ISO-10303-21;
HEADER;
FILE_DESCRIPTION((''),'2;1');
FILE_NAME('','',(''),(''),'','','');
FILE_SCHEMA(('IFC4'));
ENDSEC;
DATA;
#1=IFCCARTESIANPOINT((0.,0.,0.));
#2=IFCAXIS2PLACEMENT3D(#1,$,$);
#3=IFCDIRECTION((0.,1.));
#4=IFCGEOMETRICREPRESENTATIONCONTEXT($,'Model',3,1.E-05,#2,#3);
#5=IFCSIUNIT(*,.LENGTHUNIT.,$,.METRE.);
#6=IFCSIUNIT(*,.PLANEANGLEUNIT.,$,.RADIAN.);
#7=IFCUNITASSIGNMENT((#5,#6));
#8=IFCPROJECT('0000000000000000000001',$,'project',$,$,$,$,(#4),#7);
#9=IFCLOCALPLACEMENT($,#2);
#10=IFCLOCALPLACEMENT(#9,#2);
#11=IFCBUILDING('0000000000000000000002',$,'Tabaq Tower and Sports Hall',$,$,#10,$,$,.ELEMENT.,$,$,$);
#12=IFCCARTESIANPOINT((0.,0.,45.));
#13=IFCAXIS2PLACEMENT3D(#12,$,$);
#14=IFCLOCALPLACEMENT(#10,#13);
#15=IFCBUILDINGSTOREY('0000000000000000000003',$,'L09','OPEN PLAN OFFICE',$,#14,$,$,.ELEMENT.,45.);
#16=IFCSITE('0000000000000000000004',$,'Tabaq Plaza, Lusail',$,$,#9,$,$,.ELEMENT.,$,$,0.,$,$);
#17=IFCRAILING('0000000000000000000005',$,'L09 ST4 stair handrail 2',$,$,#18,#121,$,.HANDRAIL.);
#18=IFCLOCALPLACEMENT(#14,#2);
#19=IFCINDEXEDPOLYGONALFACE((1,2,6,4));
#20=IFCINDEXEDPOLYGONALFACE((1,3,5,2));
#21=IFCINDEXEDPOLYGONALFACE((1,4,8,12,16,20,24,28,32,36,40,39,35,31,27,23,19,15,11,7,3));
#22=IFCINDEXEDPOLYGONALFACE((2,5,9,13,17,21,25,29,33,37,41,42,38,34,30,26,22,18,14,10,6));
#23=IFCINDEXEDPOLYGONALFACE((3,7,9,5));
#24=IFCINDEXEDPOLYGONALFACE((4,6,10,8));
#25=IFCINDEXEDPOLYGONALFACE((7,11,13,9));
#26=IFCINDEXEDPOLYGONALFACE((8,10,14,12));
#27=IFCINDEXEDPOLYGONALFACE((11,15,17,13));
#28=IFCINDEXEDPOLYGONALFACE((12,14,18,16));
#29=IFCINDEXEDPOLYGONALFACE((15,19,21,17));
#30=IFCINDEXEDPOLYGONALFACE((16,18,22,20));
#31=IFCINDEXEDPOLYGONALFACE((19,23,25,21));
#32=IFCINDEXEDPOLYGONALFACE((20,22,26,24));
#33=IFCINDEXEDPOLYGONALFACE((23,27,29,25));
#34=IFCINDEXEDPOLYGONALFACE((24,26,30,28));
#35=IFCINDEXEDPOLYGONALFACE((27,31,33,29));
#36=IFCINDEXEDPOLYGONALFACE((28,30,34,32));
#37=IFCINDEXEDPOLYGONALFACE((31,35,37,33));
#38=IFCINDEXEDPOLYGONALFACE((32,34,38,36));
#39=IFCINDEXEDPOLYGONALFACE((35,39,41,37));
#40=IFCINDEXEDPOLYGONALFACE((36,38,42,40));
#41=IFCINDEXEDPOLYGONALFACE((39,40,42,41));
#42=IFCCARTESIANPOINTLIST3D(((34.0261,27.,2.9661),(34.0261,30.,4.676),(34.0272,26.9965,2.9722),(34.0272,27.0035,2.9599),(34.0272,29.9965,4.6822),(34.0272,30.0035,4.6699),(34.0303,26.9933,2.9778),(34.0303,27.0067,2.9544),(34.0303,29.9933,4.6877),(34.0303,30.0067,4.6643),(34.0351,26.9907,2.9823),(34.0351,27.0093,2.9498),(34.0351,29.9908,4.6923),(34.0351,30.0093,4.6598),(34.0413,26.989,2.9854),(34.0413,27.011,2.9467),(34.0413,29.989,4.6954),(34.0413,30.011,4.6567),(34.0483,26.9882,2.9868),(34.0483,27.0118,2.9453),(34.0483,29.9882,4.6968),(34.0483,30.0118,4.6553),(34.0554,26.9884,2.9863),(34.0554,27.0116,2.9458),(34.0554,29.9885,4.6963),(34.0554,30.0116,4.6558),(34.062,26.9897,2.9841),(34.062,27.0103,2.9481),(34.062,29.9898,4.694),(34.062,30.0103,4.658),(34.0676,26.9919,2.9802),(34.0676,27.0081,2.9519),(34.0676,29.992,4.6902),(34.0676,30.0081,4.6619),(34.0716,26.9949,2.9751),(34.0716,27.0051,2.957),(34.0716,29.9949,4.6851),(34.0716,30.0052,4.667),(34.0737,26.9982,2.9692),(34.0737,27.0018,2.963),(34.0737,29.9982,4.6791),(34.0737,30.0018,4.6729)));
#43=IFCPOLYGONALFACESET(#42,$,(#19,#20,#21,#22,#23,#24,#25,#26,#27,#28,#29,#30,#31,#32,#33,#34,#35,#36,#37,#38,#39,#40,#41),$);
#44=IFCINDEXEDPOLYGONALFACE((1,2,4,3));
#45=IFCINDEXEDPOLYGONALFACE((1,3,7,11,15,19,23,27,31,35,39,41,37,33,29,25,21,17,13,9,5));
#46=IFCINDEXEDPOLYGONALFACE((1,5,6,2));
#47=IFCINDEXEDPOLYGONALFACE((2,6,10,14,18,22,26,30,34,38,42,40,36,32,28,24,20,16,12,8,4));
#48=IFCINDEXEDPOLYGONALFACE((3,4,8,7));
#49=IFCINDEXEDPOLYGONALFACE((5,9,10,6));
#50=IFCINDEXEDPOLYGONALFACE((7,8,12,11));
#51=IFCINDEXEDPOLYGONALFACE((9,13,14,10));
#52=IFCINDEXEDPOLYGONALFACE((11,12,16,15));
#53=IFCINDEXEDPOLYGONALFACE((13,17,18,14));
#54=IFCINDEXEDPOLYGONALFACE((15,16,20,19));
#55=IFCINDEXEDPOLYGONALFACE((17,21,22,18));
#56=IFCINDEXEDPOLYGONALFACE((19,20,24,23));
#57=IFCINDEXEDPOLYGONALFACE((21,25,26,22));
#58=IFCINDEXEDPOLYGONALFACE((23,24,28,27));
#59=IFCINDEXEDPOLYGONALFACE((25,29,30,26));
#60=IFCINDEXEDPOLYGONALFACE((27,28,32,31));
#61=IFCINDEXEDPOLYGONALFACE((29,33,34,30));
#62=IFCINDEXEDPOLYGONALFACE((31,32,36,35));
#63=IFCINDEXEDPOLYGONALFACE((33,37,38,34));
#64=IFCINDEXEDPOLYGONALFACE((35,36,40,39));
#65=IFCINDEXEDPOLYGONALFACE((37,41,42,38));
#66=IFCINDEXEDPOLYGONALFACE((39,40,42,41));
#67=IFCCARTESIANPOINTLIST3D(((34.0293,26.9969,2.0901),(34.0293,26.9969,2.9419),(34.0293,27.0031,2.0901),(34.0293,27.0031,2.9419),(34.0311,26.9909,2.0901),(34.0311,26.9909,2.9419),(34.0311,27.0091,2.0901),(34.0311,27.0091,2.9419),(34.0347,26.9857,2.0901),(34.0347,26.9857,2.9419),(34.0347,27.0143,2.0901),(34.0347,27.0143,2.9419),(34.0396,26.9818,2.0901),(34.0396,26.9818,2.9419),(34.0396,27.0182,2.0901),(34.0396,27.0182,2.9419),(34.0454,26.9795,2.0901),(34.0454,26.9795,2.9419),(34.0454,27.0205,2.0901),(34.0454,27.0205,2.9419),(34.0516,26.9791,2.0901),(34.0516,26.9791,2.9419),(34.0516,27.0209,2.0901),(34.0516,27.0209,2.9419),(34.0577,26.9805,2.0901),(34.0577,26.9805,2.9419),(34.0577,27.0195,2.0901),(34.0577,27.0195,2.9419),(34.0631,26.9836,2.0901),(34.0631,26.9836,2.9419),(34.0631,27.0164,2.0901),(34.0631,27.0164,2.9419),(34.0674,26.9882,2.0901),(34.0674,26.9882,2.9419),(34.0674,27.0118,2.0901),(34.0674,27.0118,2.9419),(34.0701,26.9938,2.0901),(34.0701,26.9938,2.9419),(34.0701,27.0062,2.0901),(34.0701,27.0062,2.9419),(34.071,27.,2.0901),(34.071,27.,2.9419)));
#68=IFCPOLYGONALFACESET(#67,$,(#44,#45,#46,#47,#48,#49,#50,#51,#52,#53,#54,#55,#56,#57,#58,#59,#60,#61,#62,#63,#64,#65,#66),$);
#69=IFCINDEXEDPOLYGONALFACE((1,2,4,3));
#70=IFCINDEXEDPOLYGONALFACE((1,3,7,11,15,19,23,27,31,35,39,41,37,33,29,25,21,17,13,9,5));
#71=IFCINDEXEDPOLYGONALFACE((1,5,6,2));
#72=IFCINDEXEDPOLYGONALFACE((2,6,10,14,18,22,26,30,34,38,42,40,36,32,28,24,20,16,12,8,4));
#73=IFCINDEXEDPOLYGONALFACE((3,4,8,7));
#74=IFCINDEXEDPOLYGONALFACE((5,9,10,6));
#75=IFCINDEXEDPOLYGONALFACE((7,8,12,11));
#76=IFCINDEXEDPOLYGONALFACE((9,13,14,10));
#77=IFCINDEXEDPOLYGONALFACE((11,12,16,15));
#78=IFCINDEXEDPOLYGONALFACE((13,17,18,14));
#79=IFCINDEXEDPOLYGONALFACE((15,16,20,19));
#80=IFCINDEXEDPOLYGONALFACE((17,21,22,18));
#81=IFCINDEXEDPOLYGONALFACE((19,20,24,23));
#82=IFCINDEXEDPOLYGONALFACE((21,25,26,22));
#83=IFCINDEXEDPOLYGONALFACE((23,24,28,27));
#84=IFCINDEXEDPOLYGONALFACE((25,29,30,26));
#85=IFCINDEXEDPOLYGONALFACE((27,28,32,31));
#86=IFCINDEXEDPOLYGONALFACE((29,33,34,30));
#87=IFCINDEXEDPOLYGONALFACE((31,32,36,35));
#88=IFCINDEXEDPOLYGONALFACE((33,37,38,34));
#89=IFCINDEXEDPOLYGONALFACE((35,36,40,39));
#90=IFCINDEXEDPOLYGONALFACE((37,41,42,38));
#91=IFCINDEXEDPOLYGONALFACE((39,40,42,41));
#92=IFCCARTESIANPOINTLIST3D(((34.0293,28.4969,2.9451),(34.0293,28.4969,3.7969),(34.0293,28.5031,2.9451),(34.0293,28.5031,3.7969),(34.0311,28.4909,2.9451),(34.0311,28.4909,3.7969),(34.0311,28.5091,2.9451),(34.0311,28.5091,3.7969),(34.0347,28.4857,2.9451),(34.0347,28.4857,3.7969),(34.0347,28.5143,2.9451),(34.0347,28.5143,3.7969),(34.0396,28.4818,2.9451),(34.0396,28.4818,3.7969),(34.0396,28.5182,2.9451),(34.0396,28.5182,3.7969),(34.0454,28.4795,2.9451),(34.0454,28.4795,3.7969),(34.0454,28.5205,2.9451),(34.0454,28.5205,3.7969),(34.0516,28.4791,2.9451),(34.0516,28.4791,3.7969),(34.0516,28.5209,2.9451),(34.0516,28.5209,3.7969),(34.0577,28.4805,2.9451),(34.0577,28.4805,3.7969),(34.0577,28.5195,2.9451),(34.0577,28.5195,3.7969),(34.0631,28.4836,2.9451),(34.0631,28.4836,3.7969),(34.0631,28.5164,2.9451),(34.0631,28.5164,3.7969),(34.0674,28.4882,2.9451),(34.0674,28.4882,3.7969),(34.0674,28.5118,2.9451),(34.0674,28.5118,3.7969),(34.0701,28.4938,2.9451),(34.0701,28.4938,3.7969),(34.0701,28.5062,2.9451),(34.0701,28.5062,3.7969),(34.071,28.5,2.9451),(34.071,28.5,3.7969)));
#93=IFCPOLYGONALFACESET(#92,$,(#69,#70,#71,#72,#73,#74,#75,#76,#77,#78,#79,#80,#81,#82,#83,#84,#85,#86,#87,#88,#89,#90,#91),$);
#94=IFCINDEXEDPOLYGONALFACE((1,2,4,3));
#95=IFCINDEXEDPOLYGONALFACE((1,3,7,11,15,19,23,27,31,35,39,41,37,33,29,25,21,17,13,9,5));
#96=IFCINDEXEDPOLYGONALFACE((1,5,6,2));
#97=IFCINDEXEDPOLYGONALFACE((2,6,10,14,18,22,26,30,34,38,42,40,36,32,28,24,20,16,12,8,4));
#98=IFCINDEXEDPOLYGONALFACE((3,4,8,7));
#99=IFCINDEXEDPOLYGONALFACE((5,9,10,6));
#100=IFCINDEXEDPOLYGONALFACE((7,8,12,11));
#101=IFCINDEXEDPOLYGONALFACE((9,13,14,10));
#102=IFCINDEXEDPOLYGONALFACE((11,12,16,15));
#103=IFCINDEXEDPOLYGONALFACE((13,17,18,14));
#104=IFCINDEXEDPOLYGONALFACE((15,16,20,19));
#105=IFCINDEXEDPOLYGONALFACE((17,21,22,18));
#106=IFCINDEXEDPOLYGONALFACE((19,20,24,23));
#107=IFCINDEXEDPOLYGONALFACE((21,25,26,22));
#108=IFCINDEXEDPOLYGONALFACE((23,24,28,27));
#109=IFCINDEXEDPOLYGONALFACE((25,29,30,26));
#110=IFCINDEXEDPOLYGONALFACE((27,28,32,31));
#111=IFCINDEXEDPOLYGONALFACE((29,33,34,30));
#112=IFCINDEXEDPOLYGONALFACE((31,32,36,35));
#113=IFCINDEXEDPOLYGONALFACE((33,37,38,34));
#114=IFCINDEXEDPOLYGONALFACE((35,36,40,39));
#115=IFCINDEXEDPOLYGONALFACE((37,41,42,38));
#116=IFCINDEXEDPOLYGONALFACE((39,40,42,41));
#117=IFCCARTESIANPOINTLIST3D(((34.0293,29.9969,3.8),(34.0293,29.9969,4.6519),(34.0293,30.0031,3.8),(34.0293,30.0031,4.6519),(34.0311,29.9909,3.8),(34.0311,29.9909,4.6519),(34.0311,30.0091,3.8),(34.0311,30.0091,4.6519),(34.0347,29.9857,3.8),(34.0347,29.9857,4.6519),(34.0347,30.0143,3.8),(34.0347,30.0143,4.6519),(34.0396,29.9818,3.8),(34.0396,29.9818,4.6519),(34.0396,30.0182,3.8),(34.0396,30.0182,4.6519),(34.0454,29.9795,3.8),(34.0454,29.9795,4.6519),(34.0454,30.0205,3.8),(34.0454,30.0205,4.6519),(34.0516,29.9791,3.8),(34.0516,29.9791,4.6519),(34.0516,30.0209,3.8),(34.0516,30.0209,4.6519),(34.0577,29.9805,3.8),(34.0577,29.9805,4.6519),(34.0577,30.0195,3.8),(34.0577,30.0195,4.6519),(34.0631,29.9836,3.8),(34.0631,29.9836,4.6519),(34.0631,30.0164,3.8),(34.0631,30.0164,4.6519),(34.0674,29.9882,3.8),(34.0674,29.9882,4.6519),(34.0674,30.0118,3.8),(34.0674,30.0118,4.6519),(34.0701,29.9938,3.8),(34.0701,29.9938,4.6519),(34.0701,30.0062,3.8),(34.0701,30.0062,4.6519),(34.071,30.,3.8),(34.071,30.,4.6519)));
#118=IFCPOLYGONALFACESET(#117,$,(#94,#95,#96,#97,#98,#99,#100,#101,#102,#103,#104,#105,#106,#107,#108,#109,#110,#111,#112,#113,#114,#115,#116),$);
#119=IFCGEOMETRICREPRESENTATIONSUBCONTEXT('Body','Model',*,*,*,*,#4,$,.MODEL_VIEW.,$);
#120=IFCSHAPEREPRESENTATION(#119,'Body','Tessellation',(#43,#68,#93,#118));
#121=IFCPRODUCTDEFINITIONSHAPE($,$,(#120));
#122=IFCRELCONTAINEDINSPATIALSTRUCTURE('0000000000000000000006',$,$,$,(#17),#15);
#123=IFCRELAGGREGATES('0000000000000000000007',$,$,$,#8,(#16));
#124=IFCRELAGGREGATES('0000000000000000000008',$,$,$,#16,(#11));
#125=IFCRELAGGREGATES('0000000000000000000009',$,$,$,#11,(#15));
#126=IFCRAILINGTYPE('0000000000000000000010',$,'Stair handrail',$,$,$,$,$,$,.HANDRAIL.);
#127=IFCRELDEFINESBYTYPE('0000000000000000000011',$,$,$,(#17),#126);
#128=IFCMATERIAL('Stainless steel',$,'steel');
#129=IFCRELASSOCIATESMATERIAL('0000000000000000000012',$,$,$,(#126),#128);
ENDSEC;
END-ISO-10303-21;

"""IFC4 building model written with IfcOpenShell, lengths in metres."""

from ifc_helpers import new_model, si_unit, direction, frame, origin, origin_2d, place, context, subcontext, project, spatial, circle, extrude, material, type_object, element, save


model = new_model("IFC4")

# Units and contexts
model_context = context("Model", 3, precision=1e-05, world=origin(), true_north=direction((0.0, 1.0)))
body_context = subcontext(model_context, "Body", "Model", "MODEL_VIEW")
ifc_project = project(units=[si_unit("LENGTHUNIT", "METRE"), si_unit("PLANEANGLEUNIT", "RADIAN")], contexts=[model_context])

# Site, building, storey
site_placement = place(None, origin())
site = spatial("IfcSite", under=ifc_project, at=site_placement, Name="Tabaq Plaza, Lusail", CompositionType="ELEMENT", RefElevation=0.0)
building_placement = place(site_placement, origin())
building = spatial("IfcBuilding", under=site, at=building_placement, Name="Tabaq Tower and Sports Hall", CompositionType="ELEMENT")
storey_placement = place(building_placement, frame((0.0, 0.0, 45.0)))
storey = spatial("IfcBuildingStorey", under=building, at=storey_placement, Name="L09", Description="OPEN PLAN OFFICE", CompositionType="ELEMENT", Elevation=45.0)

# Railing
ifc_material_1 = material(Name="Stainless steel", Category="steel")
railing_type_1 = type_object("IfcRailingType", Name="Stair handrail", PredefinedType="HANDRAIL", material=ifc_material_1)
railing_1_placement = place(storey_placement, frame((34.05, 27.0, 2.0901)))
element("IfcRailing", 1, at=railing_1_placement, inside=storey, type_object=railing_type_1, Name="L09 ST4 stair handrail 2", PredefinedType="HANDRAIL", context=body_context, shape_type="SweptSolid", body=[
    extrude(circle(Radius=0.0239, at=origin_2d()), frame((0.0, 0.0, 0.876), z_axis=(0.0, 0.868782, 0.495195), x_axis=(-1.0, 0.0, 0.0)), (0.0, 0.0, 1.0), 3.4531),
    extrude(circle(Radius=0.021, at=origin_2d()), origin(), (0.0, 0.0, 1.0), 0.8518),
    extrude(circle(Radius=0.021, at=origin_2d()), frame((0.0, 1.5, 0.855)), (0.0, 0.0, 1.0), 0.8518),
    extrude(circle(Radius=0.021, at=origin_2d()), frame((0.0, 3.0, 1.71)), (0.0, 0.0, 1.0), 0.8518),
])

save(model, "model.ifc")
